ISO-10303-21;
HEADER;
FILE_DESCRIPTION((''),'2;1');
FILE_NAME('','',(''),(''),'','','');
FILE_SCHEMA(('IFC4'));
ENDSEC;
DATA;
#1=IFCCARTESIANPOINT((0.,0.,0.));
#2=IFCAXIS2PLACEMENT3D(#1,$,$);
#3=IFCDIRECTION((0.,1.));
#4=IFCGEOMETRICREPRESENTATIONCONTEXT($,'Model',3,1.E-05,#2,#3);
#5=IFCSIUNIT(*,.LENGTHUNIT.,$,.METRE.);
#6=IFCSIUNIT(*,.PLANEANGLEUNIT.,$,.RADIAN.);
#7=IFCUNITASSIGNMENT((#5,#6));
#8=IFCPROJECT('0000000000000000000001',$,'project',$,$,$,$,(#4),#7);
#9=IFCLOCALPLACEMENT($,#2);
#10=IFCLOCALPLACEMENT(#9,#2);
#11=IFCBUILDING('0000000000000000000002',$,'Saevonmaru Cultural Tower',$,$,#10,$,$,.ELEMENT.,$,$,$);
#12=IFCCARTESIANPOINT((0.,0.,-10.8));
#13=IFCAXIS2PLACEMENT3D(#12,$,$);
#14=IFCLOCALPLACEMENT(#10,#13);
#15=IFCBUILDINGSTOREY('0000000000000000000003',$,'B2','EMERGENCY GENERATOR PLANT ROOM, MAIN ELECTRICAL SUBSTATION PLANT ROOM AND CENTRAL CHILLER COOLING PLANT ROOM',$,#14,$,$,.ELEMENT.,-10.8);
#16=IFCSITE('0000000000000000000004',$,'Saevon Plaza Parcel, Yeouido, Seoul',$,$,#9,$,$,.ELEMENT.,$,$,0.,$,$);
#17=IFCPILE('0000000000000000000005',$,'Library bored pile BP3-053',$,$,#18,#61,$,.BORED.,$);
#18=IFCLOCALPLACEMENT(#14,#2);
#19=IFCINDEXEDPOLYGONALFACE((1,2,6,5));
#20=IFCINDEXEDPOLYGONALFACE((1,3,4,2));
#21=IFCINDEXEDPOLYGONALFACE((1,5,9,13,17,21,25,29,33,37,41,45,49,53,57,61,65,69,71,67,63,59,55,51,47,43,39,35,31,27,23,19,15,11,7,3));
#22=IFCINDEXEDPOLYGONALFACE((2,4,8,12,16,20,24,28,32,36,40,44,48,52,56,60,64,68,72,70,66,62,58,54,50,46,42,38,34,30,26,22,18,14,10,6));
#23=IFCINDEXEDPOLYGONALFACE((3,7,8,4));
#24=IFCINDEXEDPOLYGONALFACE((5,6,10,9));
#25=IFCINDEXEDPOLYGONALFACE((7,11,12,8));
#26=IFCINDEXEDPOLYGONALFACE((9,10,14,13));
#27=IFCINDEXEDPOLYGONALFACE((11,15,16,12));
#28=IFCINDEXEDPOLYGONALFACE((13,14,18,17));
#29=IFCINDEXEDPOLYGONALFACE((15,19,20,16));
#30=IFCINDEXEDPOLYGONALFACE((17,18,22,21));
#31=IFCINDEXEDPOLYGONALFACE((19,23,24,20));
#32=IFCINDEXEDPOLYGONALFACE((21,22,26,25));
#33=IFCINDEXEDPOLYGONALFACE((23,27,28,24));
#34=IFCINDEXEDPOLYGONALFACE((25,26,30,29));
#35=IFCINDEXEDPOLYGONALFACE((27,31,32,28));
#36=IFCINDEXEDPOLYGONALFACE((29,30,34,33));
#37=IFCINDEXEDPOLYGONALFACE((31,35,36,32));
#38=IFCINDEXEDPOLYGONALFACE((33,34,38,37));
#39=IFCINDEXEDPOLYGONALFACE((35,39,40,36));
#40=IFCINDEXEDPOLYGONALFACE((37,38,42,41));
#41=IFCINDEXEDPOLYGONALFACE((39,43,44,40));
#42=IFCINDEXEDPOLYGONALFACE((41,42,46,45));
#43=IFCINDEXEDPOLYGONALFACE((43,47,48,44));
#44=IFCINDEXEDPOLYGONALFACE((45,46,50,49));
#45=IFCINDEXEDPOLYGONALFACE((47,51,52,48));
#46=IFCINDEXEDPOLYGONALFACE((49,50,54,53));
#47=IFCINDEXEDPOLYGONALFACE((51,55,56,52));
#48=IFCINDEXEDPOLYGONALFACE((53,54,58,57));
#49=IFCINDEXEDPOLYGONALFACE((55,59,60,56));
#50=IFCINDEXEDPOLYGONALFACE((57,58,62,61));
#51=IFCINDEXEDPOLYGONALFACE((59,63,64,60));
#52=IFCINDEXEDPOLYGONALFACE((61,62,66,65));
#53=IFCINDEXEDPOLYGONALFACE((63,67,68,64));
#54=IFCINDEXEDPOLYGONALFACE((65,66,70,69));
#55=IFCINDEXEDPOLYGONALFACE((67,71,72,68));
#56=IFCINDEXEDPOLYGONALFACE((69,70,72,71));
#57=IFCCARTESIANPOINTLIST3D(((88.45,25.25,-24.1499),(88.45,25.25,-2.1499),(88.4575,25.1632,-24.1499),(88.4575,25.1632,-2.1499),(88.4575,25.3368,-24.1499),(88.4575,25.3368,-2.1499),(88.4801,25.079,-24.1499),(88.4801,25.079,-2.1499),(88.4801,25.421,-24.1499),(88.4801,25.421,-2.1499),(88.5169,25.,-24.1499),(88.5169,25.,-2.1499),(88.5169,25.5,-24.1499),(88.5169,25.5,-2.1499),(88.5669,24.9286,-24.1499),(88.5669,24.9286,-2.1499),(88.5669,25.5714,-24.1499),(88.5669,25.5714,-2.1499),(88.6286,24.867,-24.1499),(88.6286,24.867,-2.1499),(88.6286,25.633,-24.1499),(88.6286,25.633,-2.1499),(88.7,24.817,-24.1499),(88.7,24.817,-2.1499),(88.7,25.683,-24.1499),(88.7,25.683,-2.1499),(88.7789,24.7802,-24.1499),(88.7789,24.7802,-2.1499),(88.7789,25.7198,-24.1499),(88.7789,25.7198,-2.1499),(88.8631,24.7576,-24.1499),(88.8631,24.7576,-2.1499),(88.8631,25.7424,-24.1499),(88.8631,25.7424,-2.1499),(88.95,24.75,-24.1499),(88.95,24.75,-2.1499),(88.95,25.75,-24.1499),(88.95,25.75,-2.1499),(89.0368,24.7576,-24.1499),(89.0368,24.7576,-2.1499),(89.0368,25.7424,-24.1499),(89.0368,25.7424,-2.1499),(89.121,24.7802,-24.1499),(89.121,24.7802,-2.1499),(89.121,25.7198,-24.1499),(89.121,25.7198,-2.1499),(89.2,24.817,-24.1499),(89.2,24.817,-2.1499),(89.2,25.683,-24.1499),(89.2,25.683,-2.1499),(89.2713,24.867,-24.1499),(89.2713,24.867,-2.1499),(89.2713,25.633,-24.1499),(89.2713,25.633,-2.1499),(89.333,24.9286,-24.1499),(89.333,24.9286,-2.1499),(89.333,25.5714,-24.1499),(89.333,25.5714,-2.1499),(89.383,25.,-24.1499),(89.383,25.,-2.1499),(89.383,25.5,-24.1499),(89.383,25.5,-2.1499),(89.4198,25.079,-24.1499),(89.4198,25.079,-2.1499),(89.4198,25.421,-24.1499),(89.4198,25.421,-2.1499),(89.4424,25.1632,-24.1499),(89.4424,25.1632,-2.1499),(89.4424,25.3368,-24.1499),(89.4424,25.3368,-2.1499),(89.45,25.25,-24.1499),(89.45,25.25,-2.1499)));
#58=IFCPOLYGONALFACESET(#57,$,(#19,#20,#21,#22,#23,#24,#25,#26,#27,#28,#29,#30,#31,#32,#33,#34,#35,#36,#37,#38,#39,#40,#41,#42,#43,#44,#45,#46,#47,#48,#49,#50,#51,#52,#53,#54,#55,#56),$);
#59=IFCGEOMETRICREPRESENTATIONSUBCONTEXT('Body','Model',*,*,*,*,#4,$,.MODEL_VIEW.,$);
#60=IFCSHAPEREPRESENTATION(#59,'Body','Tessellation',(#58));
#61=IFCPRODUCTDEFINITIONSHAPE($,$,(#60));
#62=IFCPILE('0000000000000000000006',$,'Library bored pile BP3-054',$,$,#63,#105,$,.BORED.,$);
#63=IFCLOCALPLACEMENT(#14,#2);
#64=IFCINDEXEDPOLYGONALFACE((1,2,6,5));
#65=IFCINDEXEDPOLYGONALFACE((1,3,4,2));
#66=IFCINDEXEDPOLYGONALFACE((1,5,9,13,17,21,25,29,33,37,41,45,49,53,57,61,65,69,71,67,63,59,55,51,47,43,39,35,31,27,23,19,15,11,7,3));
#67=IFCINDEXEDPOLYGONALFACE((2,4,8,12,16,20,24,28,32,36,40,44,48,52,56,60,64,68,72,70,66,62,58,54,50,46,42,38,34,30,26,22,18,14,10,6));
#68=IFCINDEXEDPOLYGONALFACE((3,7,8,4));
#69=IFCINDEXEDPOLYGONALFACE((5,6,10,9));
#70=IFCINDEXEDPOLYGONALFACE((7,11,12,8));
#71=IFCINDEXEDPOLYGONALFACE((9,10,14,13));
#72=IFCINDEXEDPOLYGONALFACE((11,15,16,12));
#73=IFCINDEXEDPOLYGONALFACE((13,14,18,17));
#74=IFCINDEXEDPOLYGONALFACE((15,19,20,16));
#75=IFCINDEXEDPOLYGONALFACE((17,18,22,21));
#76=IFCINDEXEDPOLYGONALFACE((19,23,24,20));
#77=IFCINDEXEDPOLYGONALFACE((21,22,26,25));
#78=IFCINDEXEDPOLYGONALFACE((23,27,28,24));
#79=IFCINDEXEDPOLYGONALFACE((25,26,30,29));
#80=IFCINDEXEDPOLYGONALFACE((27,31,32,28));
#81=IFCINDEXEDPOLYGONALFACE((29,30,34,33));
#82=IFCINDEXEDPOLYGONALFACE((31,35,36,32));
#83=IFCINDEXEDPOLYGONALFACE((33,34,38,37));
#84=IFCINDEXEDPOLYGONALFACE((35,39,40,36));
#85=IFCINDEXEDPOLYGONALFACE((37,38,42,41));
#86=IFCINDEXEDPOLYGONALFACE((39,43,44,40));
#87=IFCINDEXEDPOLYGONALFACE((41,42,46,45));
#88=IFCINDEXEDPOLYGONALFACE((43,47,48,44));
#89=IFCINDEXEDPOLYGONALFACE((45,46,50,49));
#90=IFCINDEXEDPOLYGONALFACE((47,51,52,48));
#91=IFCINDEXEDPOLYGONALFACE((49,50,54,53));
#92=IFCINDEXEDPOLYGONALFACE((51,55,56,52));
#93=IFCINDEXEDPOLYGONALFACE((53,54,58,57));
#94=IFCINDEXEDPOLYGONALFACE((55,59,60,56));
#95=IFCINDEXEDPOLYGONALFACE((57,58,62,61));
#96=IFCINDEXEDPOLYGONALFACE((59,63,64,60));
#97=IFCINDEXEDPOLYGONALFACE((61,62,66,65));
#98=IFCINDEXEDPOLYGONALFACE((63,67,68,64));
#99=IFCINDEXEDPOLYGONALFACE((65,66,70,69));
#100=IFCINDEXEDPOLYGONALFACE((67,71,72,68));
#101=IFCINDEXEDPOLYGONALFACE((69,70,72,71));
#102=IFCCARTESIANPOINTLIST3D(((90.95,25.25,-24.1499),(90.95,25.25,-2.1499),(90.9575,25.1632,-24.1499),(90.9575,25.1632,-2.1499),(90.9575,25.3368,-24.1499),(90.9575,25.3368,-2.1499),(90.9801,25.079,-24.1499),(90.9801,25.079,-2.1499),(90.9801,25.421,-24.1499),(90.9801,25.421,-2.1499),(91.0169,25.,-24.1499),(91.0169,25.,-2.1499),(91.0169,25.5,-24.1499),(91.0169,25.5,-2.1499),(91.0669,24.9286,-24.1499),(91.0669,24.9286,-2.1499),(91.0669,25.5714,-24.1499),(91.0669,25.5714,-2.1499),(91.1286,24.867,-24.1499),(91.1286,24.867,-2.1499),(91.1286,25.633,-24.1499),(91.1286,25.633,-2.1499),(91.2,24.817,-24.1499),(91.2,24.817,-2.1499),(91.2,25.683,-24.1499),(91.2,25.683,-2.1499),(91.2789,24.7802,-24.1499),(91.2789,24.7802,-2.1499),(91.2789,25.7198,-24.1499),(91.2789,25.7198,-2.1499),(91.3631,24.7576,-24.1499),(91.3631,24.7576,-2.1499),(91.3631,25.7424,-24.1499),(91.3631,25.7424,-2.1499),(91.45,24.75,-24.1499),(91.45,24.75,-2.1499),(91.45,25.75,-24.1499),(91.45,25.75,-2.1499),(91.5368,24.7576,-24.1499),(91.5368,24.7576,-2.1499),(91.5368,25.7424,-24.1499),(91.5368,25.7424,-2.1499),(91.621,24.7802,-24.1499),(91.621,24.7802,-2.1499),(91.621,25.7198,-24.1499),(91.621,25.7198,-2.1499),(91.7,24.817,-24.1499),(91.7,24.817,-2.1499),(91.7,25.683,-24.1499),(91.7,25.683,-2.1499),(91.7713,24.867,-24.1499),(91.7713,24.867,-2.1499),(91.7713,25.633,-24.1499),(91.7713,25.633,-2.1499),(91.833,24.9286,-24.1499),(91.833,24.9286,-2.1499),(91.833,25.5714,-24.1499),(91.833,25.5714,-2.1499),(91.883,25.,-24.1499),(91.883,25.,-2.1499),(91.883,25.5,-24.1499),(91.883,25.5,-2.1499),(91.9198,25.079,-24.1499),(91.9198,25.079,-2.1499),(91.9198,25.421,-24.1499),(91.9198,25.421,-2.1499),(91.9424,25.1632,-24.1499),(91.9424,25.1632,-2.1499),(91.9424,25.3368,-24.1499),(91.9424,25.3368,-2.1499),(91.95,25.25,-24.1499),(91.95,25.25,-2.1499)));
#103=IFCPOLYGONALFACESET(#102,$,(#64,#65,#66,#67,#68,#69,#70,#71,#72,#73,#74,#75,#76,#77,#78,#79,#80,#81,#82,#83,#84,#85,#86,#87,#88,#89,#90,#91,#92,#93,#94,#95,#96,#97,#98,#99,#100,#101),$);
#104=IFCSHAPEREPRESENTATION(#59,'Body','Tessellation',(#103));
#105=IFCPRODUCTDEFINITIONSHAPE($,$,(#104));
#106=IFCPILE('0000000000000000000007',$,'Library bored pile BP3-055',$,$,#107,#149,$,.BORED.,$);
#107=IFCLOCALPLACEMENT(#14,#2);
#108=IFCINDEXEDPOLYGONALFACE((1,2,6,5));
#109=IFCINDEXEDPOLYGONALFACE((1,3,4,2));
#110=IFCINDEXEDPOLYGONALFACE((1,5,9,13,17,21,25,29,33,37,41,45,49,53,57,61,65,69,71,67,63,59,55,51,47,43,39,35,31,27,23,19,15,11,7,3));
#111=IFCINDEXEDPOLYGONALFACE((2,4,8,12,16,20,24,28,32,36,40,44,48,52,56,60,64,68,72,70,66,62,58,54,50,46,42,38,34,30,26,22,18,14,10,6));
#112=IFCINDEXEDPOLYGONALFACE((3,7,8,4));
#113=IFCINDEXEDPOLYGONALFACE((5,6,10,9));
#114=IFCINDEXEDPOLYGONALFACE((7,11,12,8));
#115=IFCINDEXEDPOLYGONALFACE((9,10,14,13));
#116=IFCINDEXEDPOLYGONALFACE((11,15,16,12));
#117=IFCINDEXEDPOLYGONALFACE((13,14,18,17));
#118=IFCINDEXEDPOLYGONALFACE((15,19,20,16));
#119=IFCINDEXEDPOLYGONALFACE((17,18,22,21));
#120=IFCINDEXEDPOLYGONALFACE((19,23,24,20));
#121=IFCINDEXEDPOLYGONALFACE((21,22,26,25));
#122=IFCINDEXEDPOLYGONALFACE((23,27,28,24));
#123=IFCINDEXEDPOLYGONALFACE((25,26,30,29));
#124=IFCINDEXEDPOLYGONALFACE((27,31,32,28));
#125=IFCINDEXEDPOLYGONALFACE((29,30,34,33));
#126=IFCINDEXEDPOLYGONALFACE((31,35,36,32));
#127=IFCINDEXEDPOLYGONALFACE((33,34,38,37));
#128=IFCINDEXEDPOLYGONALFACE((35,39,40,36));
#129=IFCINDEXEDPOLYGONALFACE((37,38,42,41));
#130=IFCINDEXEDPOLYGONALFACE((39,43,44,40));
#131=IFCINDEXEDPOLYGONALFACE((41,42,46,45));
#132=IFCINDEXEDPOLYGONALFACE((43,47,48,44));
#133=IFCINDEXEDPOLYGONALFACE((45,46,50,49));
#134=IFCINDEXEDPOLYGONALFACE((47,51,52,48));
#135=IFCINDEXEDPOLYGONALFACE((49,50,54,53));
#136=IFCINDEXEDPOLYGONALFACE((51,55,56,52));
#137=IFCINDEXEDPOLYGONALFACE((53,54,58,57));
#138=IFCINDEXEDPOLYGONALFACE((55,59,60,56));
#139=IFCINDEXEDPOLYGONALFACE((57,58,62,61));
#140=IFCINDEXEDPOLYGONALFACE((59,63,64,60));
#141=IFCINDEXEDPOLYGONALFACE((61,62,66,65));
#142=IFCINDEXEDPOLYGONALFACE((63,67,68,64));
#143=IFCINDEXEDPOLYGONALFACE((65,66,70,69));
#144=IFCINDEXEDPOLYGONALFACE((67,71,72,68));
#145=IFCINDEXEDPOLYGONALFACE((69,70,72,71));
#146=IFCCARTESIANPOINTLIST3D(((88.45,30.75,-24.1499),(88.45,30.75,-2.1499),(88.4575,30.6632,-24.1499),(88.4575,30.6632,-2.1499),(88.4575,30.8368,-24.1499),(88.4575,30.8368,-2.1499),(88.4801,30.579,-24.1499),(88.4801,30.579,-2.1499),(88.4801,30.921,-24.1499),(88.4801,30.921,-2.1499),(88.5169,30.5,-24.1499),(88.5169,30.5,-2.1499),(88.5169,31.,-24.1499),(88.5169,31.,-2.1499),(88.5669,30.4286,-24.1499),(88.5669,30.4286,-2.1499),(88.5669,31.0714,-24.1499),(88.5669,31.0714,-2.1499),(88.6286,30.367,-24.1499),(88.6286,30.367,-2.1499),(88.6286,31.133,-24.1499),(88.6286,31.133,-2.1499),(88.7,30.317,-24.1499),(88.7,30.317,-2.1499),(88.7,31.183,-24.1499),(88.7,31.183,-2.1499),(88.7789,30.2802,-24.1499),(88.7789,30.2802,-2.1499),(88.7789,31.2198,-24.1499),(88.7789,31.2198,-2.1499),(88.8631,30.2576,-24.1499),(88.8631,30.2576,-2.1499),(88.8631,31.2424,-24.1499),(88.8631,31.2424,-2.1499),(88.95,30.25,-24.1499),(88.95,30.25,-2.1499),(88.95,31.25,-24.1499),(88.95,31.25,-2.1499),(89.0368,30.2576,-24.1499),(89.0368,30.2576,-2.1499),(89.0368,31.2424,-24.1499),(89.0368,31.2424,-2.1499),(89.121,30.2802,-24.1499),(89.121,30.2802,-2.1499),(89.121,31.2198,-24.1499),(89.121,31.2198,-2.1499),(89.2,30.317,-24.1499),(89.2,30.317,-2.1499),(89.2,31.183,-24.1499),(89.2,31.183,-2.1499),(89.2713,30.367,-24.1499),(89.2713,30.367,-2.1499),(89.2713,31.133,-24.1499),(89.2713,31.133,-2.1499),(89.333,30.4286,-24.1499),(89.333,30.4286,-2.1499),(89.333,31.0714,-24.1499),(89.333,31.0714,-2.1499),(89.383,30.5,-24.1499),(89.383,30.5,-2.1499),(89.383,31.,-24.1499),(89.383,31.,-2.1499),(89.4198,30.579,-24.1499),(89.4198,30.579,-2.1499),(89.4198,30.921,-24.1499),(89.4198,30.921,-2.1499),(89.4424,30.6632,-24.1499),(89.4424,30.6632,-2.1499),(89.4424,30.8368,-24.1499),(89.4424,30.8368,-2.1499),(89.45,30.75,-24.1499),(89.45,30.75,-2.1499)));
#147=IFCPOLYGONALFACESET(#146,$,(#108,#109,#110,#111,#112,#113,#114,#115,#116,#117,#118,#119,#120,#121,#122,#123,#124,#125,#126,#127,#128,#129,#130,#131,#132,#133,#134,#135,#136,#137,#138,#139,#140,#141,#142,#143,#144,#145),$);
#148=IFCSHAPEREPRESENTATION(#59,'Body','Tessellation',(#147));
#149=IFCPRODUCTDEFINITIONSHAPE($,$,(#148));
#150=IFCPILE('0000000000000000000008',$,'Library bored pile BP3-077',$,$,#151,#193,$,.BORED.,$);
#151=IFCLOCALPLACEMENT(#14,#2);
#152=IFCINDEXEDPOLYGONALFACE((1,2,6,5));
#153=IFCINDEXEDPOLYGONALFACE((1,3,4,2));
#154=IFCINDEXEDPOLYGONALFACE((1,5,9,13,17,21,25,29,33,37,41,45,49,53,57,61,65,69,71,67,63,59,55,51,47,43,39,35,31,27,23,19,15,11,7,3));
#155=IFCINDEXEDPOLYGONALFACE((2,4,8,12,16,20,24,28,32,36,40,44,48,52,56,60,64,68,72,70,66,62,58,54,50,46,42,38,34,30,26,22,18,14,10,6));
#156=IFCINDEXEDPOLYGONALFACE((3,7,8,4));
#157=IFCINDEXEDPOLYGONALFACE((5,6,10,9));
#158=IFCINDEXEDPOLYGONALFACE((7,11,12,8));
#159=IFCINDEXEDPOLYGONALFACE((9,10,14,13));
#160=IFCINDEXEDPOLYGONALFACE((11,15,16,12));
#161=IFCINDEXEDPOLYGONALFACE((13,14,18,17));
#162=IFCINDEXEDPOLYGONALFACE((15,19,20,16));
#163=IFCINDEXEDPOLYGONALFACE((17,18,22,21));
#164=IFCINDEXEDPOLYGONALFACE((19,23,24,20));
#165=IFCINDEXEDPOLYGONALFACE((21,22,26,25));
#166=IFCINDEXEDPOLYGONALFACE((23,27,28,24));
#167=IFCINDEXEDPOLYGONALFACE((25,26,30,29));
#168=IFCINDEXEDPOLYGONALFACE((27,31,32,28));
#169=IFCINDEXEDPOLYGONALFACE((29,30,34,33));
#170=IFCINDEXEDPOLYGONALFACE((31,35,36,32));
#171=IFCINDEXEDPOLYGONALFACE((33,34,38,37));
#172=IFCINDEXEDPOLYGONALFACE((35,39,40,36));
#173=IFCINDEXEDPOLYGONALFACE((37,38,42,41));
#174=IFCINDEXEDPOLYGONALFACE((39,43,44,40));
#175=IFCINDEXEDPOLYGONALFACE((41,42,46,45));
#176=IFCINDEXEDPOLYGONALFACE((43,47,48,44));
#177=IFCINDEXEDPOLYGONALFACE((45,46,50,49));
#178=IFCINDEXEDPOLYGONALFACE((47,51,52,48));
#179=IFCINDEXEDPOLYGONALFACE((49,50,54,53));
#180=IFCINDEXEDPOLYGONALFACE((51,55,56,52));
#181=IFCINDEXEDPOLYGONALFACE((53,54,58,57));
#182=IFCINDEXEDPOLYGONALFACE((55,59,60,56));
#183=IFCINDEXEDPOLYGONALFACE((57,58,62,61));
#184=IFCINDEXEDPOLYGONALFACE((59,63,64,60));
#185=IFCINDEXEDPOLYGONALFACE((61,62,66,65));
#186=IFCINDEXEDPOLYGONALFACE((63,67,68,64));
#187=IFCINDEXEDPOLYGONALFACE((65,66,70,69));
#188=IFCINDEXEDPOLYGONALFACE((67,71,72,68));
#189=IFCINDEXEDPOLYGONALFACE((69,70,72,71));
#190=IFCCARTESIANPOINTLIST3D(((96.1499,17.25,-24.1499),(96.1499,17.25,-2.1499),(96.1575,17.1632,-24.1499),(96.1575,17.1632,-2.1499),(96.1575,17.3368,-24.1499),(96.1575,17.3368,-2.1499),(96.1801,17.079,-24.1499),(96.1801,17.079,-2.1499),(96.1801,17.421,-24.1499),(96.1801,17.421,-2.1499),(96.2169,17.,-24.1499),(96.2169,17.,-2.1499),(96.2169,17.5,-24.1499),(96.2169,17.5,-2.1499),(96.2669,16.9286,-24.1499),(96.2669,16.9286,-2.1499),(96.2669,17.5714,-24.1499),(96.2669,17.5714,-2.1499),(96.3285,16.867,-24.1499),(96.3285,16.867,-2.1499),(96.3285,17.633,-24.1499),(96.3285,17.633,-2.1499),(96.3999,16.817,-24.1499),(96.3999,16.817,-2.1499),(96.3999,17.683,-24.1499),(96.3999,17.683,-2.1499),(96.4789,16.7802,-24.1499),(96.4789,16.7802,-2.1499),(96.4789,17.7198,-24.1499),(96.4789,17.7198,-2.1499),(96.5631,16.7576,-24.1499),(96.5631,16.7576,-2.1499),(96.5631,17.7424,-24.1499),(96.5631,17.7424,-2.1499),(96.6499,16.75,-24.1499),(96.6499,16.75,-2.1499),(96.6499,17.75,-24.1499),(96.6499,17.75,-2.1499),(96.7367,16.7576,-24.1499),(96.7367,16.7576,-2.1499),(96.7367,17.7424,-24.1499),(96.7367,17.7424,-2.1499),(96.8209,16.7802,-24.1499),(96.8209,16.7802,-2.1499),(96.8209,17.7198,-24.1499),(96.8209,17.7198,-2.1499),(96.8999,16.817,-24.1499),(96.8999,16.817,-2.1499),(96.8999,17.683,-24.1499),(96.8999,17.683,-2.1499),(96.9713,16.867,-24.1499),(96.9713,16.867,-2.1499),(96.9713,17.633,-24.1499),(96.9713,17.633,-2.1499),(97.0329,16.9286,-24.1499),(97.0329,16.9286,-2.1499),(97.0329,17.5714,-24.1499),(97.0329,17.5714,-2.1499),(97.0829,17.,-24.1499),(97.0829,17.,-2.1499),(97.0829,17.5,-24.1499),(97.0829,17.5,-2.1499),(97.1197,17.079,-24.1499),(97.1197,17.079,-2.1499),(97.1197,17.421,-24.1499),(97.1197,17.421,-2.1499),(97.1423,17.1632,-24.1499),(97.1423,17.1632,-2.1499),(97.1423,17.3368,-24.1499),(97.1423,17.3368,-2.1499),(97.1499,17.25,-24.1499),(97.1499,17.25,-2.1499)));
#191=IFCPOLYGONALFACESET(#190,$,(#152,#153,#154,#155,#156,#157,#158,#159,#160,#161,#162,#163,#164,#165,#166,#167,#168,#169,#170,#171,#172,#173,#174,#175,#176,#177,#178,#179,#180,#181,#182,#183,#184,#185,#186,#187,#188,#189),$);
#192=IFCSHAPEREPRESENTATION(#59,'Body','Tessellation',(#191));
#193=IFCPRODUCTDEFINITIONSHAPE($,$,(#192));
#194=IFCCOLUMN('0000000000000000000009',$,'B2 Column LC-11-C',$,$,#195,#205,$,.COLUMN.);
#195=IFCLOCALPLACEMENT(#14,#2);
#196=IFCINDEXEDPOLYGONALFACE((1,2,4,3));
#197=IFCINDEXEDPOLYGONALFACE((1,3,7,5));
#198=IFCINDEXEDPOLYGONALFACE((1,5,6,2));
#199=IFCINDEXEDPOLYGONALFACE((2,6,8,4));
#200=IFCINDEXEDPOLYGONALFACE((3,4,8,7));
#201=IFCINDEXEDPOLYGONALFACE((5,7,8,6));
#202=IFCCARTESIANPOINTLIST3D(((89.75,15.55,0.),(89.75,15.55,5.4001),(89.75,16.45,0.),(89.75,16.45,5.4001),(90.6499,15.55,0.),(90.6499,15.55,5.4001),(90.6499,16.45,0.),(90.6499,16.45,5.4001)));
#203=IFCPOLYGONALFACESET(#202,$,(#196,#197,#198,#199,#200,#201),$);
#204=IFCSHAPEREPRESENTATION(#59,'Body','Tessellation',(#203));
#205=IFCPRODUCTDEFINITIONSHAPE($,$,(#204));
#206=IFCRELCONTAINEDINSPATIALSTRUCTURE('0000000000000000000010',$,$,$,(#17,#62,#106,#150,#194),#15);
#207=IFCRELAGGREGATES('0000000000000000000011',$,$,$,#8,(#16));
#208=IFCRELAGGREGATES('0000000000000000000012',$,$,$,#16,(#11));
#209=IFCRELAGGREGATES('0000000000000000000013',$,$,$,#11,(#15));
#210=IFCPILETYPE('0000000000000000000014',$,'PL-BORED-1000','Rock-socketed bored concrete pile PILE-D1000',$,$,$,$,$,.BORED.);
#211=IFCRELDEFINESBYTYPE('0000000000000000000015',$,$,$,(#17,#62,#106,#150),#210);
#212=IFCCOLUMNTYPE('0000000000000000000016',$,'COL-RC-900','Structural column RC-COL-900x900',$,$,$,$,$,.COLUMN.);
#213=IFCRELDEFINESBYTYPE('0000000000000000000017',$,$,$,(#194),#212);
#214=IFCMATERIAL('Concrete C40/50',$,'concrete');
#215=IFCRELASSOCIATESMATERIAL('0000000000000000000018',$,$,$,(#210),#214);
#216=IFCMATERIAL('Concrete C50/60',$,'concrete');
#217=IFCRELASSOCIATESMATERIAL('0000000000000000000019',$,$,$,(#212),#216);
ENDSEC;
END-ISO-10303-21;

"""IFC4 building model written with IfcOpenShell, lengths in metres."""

from ifc_helpers import new_model, si_unit, direction, frame, origin, origin_2d, place, context, subcontext, project, spatial, rectangle, circle, extrude, material, material_profile, profile_set, type_object, element, save


model = new_model("IFC4")

# Units and contexts
model_context = context("Model", 3, precision=1e-05, world=origin(), true_north=direction((0.0, 1.0)))
body_context = subcontext(model_context, "Body", "Model", "MODEL_VIEW")
ifc_project = project(units=[si_unit("LENGTHUNIT", "METRE"), si_unit("PLANEANGLEUNIT", "RADIAN")], contexts=[model_context])

# Site, building, storey
site_placement = place(None, origin())
site = spatial("IfcSite", under=ifc_project, at=site_placement, Name="Saevon Plaza Parcel, Yeouido, Seoul", CompositionType="ELEMENT", RefElevation=0.0)
building_placement = place(site_placement, origin())
building = spatial("IfcBuilding", under=site, at=building_placement, Name="Saevonmaru Cultural Tower", CompositionType="ELEMENT")
storey_placement = place(building_placement, frame((0.0, 0.0, -10.8)))
storey = spatial("IfcBuildingStorey", under=building, at=storey_placement, Name="B2", Description="EMERGENCY GENERATOR PLANT ROOM, MAIN ELECTRICAL SUBSTATION PLANT ROOM AND CENTRAL CHILLER COOLING PLANT ROOM", CompositionType="ELEMENT", Elevation=-10.8)

# Shared definitions
ifc_material_1 = material(Name="Concrete C50/60", Category="concrete")

# Piles
ifc_material_2 = material(Name="Concrete C40/50", Category="concrete")
ifc_material_profile_1 = material_profile(ifc_material_2, circle(Radius=0.5, at=origin_2d()), Name="PILE-D1000")
ifc_profile_set_1 = profile_set([ifc_material_profile_1], Name="Concrete C40/50")
pile_type = type_object("IfcPileType", Name="PL-BORED-1000", Description="Rock-socketed bored concrete pile PILE-D1000", PredefinedType="BORED", material=ifc_profile_set_1)
for number, where, z_axis, x_axis, name in (
    (1, (88.95, 25.25, -2.1499), (0.0, 0.0, -1.0), (1.0, 0.0, 0.0), "Library bored pile BP3-053"),
    (2, (91.45, 25.25, -2.1499), (0.0, 0.0, -1.0), (1.0, 0.0, 0.0), "Library bored pile BP3-054"),
    (3, (88.95, 30.75, -2.1499), (0.0, 0.0, -1.0), (1.0, 0.0, 0.0), "Library bored pile BP3-055"),
    (4, (96.6499, 17.25, -2.1499), (0.0, 0.0, -1.0), (1.0, 0.0, 0.0), "Library bored pile BP3-077"),
):
    element("IfcPile", number, at=place(storey_placement, frame(where, z_axis=z_axis, x_axis=x_axis)), inside=storey, type_object=pile_type, Name=name, PredefinedType="BORED", context=body_context, shape_type="SweptSolid", body=[
        extrude(circle(Radius=0.5, at=origin_2d()), origin(), (0.0, 0.0, 1.0), 22.0),
    ])

# Column
ifc_material_profile_2 = material_profile(ifc_material_1, rectangle(XDim=0.8999, YDim=0.8999, at=origin_2d()), Name="RC-COL-900x900")
ifc_profile_set_2 = profile_set([ifc_material_profile_2], Name="Concrete C50/60")
column_type = type_object("IfcColumnType", Name="COL-RC-900", Description="Structural column RC-COL-900x900", PredefinedType="COLUMN", material=ifc_profile_set_2)
for number, where, z_axis, x_axis, name in (
    (5, (90.2, 16.0, 0.0), (0.0, 0.0, 1.0), (1.0, 0.0, 0.0), "B2 Column LC-11-C"),
):
    element("IfcColumn", number, at=place(storey_placement, frame(where, z_axis=z_axis, x_axis=x_axis)), inside=storey, type_object=column_type, Name=name, PredefinedType="COLUMN", context=body_context, shape_type="SweptSolid", body=[
        extrude(rectangle(XDim=0.8999, YDim=0.8999, at=origin_2d()), origin(), (0.0, 0.0, 1.0), 5.4001),
    ])

save(model, "model.ifc")
